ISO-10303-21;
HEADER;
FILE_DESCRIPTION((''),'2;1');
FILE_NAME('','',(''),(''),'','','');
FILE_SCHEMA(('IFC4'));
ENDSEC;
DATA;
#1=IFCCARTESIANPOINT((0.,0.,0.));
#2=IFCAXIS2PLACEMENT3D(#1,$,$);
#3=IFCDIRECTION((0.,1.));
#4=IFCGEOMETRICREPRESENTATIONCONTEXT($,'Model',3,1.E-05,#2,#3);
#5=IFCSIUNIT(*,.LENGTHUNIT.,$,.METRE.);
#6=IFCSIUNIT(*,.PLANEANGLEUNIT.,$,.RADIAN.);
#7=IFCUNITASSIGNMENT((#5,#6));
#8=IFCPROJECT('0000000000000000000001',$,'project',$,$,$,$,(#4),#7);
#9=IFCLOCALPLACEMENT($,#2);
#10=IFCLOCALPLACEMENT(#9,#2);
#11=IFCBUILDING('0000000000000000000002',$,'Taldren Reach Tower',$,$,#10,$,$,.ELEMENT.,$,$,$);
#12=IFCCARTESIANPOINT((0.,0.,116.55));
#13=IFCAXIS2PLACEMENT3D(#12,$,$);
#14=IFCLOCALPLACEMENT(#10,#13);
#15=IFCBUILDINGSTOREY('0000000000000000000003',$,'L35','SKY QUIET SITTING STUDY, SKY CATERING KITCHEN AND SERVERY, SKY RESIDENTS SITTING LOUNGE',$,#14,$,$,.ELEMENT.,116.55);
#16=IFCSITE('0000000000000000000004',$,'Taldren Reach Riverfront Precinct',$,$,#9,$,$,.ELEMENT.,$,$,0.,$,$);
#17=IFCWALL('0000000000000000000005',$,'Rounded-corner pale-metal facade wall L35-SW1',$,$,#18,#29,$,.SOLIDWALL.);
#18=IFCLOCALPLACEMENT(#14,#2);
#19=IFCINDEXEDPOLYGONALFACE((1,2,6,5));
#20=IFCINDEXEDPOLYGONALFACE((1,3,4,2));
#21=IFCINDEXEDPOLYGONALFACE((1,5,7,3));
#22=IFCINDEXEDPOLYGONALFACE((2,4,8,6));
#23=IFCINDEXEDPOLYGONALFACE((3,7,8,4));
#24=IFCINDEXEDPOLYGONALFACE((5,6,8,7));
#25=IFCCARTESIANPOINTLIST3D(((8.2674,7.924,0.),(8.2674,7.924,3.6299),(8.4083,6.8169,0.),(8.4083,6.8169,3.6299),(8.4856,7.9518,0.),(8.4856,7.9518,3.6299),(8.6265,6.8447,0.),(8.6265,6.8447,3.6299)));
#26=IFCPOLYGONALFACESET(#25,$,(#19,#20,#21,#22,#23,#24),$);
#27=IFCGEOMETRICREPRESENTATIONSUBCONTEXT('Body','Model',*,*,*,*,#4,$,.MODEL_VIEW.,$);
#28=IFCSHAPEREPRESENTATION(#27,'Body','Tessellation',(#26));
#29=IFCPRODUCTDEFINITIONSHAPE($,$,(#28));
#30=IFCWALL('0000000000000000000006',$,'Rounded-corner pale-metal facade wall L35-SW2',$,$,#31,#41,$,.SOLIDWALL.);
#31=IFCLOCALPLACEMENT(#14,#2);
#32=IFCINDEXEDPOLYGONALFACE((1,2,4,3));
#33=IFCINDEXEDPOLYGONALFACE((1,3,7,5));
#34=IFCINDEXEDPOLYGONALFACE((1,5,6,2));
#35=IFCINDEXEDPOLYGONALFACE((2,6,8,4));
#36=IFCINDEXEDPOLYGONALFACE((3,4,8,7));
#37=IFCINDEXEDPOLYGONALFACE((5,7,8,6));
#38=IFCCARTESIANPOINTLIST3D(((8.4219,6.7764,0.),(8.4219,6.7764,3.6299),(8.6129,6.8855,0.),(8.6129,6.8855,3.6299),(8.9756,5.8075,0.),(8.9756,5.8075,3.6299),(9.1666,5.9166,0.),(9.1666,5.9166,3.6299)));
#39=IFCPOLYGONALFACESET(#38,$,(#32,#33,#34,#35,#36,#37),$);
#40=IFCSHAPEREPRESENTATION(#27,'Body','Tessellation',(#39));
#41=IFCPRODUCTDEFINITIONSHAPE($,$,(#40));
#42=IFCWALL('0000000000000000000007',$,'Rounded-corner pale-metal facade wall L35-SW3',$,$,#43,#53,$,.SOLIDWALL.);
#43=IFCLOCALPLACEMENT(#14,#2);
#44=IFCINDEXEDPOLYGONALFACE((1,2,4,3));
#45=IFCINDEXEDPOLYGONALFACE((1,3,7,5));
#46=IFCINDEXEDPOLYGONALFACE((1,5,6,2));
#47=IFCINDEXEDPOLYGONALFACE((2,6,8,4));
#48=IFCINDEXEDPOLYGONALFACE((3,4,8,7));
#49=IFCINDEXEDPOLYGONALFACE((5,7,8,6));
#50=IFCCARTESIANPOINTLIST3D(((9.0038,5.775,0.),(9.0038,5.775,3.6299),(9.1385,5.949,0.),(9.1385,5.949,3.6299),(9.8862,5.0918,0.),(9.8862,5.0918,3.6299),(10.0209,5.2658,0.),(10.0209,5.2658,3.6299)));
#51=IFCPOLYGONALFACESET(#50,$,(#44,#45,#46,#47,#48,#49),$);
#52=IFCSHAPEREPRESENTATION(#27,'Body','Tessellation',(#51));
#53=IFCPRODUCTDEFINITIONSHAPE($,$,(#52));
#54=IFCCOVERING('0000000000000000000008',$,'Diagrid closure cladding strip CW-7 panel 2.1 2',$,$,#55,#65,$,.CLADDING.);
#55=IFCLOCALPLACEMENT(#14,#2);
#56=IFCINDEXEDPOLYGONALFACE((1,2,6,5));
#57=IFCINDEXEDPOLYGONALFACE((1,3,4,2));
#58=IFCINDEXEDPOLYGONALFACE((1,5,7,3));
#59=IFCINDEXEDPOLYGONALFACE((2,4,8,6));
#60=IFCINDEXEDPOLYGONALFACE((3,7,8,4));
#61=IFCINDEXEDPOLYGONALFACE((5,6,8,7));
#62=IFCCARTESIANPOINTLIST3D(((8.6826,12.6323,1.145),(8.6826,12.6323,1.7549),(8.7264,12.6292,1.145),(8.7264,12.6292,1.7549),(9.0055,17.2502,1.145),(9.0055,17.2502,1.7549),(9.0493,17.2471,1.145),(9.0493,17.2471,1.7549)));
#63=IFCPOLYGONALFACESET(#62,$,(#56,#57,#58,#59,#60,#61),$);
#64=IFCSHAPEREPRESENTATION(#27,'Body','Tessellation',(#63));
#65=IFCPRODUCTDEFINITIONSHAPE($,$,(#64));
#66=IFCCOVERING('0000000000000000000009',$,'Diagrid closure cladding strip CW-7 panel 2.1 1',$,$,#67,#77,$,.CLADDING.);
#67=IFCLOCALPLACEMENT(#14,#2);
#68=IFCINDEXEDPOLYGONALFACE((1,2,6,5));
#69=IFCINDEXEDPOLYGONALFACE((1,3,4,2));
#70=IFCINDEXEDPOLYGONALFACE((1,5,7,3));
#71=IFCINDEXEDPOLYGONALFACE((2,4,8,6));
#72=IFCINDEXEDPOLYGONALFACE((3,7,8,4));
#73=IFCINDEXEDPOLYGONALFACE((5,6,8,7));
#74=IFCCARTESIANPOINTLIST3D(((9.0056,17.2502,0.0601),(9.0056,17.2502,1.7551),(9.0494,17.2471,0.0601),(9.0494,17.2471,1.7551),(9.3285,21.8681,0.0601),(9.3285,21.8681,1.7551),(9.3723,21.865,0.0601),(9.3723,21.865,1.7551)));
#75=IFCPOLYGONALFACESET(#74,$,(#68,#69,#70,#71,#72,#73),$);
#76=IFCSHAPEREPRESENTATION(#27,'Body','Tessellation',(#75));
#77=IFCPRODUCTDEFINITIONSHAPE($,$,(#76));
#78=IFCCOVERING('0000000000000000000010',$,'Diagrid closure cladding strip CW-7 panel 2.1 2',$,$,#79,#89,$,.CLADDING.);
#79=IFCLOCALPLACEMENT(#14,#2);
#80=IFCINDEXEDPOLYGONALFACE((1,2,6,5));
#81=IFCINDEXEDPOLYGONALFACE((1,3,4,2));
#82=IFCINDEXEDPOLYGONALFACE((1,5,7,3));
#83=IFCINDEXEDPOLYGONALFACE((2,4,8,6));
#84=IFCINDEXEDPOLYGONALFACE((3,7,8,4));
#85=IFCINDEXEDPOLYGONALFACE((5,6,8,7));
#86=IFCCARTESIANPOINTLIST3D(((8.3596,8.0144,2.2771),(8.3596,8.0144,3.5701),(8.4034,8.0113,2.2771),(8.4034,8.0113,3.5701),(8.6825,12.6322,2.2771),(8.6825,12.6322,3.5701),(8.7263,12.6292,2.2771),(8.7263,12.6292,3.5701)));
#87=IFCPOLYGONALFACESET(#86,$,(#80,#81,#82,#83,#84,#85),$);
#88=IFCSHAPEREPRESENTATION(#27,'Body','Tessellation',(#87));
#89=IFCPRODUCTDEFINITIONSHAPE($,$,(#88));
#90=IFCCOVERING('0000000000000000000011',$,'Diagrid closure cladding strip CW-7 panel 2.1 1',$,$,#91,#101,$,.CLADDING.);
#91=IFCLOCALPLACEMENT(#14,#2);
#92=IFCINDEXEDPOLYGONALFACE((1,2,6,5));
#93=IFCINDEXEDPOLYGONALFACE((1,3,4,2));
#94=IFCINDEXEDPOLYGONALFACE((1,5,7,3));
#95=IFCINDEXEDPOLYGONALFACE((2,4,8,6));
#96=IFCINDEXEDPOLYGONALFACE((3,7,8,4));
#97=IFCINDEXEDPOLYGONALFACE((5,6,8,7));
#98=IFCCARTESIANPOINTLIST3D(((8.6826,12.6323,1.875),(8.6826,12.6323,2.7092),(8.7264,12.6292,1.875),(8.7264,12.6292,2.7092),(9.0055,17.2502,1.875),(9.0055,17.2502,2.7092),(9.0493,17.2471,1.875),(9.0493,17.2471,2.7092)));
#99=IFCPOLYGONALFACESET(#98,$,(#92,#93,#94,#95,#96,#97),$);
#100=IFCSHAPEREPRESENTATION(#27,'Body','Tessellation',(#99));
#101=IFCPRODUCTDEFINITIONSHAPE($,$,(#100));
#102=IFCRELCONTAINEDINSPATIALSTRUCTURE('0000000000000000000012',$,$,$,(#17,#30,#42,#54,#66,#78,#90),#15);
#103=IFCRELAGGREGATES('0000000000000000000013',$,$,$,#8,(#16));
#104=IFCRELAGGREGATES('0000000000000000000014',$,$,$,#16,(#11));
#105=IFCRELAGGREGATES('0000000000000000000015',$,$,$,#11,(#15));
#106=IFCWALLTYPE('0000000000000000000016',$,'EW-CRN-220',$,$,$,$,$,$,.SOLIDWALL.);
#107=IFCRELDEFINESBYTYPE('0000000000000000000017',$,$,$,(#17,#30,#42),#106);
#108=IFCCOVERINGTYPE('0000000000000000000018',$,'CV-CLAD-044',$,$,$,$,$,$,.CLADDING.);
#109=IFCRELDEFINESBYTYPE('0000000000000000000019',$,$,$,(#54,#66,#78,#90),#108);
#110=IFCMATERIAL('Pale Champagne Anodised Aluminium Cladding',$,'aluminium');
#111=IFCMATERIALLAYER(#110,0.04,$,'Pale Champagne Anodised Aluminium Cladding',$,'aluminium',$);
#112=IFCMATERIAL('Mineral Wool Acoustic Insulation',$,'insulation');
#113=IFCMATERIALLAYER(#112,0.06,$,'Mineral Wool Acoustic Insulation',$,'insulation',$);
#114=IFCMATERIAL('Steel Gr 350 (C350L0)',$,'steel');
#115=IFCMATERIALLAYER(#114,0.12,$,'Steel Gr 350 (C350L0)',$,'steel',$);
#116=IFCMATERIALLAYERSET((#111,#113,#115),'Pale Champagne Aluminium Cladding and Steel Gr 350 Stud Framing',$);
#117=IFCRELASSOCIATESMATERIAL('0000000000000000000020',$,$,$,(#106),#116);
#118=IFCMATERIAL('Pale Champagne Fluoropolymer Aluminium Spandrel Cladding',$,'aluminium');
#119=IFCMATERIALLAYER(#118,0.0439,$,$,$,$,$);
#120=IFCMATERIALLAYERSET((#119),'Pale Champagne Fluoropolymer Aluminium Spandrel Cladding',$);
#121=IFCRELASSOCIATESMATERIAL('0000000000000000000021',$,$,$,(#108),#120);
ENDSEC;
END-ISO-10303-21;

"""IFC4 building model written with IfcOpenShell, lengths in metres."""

from ifc_helpers import new_model, si_unit, direction, frame, frame_2d, origin, origin_2d, place, context, subcontext, project, spatial, rectangle, extrude, source, transform, mapped, material, layer, layer_set, type_object, element, save


model = new_model("IFC4")

# Units and contexts
model_context = context("Model", 3, precision=1e-05, world=origin(), true_north=direction((0.0, 1.0)))
body_context = subcontext(model_context, "Body", "Model", "MODEL_VIEW")
ifc_project = project(units=[si_unit("LENGTHUNIT", "METRE"), si_unit("PLANEANGLEUNIT", "RADIAN")], contexts=[model_context])

# Site, building, storey
site_placement = place(None, origin())
site = spatial("IfcSite", under=ifc_project, at=site_placement, Name="Taldren Reach Riverfront Precinct", CompositionType="ELEMENT", RefElevation=0.0)
building_placement = place(site_placement, origin())
building = spatial("IfcBuilding", under=site, at=building_placement, Name="Taldren Reach Tower", CompositionType="ELEMENT")
storey_placement = place(building_placement, frame((0.0, 0.0, 116.55)))
storey = spatial("IfcBuildingStorey", under=building, at=storey_placement, Name="L35", Description="SKY QUIET SITTING STUDY, SKY CATERING KITCHEN AND SERVERY, SKY RESIDENTS SITTING LOUNGE", CompositionType="ELEMENT", Elevation=116.55)

# Shared definitions
ifc_material_1 = material(Name="Steel Gr 350 (C350L0)", Category="steel")

# Walls
ifc_material_2 = material(Name="Pale Champagne Anodised Aluminium Cladding", Category="aluminium")
ifc_layer_1 = layer(ifc_material_2, 0.04, Name="Pale Champagne Anodised Aluminium Cladding", Category="aluminium")
ifc_material_3 = material(Name="Mineral Wool Acoustic Insulation", Category="insulation")
ifc_layer_2 = layer(ifc_material_3, 0.06, Name="Mineral Wool Acoustic Insulation", Category="insulation")
ifc_layer_3 = layer(ifc_material_1, 0.12, Name="Steel Gr 350 (C350L0)", Category="steel")
ifc_layer_set_1 = layer_set([ifc_layer_1, ifc_layer_2, ifc_layer_3], Name="Pale Champagne Aluminium Cladding and Steel Gr 350 Stud Framing")
wall_type = type_object("IfcWallType", Name="EW-CRN-220", PredefinedType="SOLIDWALL", material=ifc_layer_set_1)
shared_shape_1 = source(origin(), body_context, "Body", "SweptSolid", [
    extrude(rectangle(XDim=1.116, YDim=0.22, at=frame_2d((0.5581, 0.0))), origin(), (0.0, 0.0, 1.0), 3.6299),
])
for number, where, z_axis, x_axis, name in (
    (1, (8.3765, 7.938, 0.0), (0.0, 0.0, 1.0), (0.126243, -0.991999, 0.0), "Rounded-corner pale-metal facade wall L35-SW1"),
    (2, (8.5173, 6.8311, 0.0), (0.0, 0.0, 1.0), (0.496139, -0.868243, 0.0), "Rounded-corner pale-metal facade wall L35-SW2"),
    (3, (9.071, 5.8621, 0.0), (0.0, 0.0, 1.0), (0.790717, -0.612182, 0.0), "Rounded-corner pale-metal facade wall L35-SW3"),
):
    element("IfcWall", number, at=place(storey_placement, frame(where, z_axis=z_axis, x_axis=x_axis)), inside=storey, type_object=wall_type, Name=name, PredefinedType="SOLIDWALL", context=body_context, shape_type="MappedRepresentation", body=[
        mapped(shared_shape_1, transform((0.0, 0.0, 0.0), scale=1.0)),
    ])

# Coverings
ifc_material_4 = material(Name="Pale Champagne Fluoropolymer Aluminium Spandrel Cladding", Category="aluminium")
ifc_layer_4 = layer(ifc_material_4, 0.0439)
ifc_layer_set_2 = layer_set([ifc_layer_4], Name="Pale Champagne Fluoropolymer Aluminium Spandrel Cladding")
covering_type = type_object("IfcCoveringType", Name="CV-CLAD-044", PredefinedType="CLADDING", material=ifc_layer_set_2)
shared_shape_2 = source(origin(), body_context, "Body", "SweptSolid", [
    extrude(rectangle(XDim=4.6292, YDim=0.0439, at=origin_2d()), origin(), (0.0, 0.0, 1.0), 0.6099),
])
covering_1_placement = place(storey_placement, frame((8.866, 14.9397, 1.145), z_axis=(0.0, 0.0, 1.0), x_axis=(-0.069756, -0.997564, 0.0)))
element("IfcCovering", 4, at=covering_1_placement, inside=storey, type_object=covering_type, Name="Diagrid closure cladding strip CW-7 panel 2.1 2", PredefinedType="CLADDING", context=body_context, shape_type="MappedRepresentation", body=[
    mapped(shared_shape_2, transform((0.0, 0.0, 0.0), scale=1.0)),
])
shared_shape_3 = source(origin(), body_context, "Body", "SweptSolid", [
    extrude(rectangle(XDim=4.6292, YDim=0.0439, at=origin_2d()), origin(), (0.0, 0.0, 1.0), 1.6951),
])
covering_2_placement = place(storey_placement, frame((9.189, 19.5576, 0.0601), z_axis=(0.0, 0.0, 1.0), x_axis=(-0.069756, -0.997564, 0.0)))
element("IfcCovering", 5, at=covering_2_placement, inside=storey, type_object=covering_type, Name="Diagrid closure cladding strip CW-7 panel 2.1 1", PredefinedType="CLADDING", context=body_context, shape_type="MappedRepresentation", body=[
    mapped(shared_shape_3, transform((0.0, 0.0, 0.0), scale=1.0)),
])
shared_shape_4 = source(origin(), body_context, "Body", "SweptSolid", [
    extrude(rectangle(XDim=4.6292, YDim=0.0439, at=origin_2d()), origin(), (0.0, 0.0, 1.0), 1.293),
])
covering_3_placement = place(storey_placement, frame((8.543, 10.3218, 2.2771), z_axis=(0.0, 0.0, 1.0), x_axis=(-0.069756, -0.997564, 0.0)))
element("IfcCovering", 6, at=covering_3_placement, inside=storey, type_object=covering_type, Name="Diagrid closure cladding strip CW-7 panel 2.1 2", PredefinedType="CLADDING", context=body_context, shape_type="MappedRepresentation", body=[
    mapped(shared_shape_4, transform((0.0, 0.0, 0.0), scale=1.0)),
])
shared_shape_5 = source(origin(), body_context, "Body", "SweptSolid", [
    extrude(rectangle(XDim=4.6292, YDim=0.0439, at=origin_2d()), origin(), (0.0, 0.0, 1.0), 0.8342),
])
covering_4_placement = place(storey_placement, frame((8.866, 14.9397, 1.875), z_axis=(0.0, 0.0, 1.0), x_axis=(-0.069756, -0.997564, 0.0)))
element("IfcCovering", 7, at=covering_4_placement, inside=storey, type_object=covering_type, Name="Diagrid closure cladding strip CW-7 panel 2.1 1", PredefinedType="CLADDING", context=body_context, shape_type="MappedRepresentation", body=[
    mapped(shared_shape_5, transform((0.0, 0.0, 0.0), scale=1.0)),
])

save(model, "model.ifc")
